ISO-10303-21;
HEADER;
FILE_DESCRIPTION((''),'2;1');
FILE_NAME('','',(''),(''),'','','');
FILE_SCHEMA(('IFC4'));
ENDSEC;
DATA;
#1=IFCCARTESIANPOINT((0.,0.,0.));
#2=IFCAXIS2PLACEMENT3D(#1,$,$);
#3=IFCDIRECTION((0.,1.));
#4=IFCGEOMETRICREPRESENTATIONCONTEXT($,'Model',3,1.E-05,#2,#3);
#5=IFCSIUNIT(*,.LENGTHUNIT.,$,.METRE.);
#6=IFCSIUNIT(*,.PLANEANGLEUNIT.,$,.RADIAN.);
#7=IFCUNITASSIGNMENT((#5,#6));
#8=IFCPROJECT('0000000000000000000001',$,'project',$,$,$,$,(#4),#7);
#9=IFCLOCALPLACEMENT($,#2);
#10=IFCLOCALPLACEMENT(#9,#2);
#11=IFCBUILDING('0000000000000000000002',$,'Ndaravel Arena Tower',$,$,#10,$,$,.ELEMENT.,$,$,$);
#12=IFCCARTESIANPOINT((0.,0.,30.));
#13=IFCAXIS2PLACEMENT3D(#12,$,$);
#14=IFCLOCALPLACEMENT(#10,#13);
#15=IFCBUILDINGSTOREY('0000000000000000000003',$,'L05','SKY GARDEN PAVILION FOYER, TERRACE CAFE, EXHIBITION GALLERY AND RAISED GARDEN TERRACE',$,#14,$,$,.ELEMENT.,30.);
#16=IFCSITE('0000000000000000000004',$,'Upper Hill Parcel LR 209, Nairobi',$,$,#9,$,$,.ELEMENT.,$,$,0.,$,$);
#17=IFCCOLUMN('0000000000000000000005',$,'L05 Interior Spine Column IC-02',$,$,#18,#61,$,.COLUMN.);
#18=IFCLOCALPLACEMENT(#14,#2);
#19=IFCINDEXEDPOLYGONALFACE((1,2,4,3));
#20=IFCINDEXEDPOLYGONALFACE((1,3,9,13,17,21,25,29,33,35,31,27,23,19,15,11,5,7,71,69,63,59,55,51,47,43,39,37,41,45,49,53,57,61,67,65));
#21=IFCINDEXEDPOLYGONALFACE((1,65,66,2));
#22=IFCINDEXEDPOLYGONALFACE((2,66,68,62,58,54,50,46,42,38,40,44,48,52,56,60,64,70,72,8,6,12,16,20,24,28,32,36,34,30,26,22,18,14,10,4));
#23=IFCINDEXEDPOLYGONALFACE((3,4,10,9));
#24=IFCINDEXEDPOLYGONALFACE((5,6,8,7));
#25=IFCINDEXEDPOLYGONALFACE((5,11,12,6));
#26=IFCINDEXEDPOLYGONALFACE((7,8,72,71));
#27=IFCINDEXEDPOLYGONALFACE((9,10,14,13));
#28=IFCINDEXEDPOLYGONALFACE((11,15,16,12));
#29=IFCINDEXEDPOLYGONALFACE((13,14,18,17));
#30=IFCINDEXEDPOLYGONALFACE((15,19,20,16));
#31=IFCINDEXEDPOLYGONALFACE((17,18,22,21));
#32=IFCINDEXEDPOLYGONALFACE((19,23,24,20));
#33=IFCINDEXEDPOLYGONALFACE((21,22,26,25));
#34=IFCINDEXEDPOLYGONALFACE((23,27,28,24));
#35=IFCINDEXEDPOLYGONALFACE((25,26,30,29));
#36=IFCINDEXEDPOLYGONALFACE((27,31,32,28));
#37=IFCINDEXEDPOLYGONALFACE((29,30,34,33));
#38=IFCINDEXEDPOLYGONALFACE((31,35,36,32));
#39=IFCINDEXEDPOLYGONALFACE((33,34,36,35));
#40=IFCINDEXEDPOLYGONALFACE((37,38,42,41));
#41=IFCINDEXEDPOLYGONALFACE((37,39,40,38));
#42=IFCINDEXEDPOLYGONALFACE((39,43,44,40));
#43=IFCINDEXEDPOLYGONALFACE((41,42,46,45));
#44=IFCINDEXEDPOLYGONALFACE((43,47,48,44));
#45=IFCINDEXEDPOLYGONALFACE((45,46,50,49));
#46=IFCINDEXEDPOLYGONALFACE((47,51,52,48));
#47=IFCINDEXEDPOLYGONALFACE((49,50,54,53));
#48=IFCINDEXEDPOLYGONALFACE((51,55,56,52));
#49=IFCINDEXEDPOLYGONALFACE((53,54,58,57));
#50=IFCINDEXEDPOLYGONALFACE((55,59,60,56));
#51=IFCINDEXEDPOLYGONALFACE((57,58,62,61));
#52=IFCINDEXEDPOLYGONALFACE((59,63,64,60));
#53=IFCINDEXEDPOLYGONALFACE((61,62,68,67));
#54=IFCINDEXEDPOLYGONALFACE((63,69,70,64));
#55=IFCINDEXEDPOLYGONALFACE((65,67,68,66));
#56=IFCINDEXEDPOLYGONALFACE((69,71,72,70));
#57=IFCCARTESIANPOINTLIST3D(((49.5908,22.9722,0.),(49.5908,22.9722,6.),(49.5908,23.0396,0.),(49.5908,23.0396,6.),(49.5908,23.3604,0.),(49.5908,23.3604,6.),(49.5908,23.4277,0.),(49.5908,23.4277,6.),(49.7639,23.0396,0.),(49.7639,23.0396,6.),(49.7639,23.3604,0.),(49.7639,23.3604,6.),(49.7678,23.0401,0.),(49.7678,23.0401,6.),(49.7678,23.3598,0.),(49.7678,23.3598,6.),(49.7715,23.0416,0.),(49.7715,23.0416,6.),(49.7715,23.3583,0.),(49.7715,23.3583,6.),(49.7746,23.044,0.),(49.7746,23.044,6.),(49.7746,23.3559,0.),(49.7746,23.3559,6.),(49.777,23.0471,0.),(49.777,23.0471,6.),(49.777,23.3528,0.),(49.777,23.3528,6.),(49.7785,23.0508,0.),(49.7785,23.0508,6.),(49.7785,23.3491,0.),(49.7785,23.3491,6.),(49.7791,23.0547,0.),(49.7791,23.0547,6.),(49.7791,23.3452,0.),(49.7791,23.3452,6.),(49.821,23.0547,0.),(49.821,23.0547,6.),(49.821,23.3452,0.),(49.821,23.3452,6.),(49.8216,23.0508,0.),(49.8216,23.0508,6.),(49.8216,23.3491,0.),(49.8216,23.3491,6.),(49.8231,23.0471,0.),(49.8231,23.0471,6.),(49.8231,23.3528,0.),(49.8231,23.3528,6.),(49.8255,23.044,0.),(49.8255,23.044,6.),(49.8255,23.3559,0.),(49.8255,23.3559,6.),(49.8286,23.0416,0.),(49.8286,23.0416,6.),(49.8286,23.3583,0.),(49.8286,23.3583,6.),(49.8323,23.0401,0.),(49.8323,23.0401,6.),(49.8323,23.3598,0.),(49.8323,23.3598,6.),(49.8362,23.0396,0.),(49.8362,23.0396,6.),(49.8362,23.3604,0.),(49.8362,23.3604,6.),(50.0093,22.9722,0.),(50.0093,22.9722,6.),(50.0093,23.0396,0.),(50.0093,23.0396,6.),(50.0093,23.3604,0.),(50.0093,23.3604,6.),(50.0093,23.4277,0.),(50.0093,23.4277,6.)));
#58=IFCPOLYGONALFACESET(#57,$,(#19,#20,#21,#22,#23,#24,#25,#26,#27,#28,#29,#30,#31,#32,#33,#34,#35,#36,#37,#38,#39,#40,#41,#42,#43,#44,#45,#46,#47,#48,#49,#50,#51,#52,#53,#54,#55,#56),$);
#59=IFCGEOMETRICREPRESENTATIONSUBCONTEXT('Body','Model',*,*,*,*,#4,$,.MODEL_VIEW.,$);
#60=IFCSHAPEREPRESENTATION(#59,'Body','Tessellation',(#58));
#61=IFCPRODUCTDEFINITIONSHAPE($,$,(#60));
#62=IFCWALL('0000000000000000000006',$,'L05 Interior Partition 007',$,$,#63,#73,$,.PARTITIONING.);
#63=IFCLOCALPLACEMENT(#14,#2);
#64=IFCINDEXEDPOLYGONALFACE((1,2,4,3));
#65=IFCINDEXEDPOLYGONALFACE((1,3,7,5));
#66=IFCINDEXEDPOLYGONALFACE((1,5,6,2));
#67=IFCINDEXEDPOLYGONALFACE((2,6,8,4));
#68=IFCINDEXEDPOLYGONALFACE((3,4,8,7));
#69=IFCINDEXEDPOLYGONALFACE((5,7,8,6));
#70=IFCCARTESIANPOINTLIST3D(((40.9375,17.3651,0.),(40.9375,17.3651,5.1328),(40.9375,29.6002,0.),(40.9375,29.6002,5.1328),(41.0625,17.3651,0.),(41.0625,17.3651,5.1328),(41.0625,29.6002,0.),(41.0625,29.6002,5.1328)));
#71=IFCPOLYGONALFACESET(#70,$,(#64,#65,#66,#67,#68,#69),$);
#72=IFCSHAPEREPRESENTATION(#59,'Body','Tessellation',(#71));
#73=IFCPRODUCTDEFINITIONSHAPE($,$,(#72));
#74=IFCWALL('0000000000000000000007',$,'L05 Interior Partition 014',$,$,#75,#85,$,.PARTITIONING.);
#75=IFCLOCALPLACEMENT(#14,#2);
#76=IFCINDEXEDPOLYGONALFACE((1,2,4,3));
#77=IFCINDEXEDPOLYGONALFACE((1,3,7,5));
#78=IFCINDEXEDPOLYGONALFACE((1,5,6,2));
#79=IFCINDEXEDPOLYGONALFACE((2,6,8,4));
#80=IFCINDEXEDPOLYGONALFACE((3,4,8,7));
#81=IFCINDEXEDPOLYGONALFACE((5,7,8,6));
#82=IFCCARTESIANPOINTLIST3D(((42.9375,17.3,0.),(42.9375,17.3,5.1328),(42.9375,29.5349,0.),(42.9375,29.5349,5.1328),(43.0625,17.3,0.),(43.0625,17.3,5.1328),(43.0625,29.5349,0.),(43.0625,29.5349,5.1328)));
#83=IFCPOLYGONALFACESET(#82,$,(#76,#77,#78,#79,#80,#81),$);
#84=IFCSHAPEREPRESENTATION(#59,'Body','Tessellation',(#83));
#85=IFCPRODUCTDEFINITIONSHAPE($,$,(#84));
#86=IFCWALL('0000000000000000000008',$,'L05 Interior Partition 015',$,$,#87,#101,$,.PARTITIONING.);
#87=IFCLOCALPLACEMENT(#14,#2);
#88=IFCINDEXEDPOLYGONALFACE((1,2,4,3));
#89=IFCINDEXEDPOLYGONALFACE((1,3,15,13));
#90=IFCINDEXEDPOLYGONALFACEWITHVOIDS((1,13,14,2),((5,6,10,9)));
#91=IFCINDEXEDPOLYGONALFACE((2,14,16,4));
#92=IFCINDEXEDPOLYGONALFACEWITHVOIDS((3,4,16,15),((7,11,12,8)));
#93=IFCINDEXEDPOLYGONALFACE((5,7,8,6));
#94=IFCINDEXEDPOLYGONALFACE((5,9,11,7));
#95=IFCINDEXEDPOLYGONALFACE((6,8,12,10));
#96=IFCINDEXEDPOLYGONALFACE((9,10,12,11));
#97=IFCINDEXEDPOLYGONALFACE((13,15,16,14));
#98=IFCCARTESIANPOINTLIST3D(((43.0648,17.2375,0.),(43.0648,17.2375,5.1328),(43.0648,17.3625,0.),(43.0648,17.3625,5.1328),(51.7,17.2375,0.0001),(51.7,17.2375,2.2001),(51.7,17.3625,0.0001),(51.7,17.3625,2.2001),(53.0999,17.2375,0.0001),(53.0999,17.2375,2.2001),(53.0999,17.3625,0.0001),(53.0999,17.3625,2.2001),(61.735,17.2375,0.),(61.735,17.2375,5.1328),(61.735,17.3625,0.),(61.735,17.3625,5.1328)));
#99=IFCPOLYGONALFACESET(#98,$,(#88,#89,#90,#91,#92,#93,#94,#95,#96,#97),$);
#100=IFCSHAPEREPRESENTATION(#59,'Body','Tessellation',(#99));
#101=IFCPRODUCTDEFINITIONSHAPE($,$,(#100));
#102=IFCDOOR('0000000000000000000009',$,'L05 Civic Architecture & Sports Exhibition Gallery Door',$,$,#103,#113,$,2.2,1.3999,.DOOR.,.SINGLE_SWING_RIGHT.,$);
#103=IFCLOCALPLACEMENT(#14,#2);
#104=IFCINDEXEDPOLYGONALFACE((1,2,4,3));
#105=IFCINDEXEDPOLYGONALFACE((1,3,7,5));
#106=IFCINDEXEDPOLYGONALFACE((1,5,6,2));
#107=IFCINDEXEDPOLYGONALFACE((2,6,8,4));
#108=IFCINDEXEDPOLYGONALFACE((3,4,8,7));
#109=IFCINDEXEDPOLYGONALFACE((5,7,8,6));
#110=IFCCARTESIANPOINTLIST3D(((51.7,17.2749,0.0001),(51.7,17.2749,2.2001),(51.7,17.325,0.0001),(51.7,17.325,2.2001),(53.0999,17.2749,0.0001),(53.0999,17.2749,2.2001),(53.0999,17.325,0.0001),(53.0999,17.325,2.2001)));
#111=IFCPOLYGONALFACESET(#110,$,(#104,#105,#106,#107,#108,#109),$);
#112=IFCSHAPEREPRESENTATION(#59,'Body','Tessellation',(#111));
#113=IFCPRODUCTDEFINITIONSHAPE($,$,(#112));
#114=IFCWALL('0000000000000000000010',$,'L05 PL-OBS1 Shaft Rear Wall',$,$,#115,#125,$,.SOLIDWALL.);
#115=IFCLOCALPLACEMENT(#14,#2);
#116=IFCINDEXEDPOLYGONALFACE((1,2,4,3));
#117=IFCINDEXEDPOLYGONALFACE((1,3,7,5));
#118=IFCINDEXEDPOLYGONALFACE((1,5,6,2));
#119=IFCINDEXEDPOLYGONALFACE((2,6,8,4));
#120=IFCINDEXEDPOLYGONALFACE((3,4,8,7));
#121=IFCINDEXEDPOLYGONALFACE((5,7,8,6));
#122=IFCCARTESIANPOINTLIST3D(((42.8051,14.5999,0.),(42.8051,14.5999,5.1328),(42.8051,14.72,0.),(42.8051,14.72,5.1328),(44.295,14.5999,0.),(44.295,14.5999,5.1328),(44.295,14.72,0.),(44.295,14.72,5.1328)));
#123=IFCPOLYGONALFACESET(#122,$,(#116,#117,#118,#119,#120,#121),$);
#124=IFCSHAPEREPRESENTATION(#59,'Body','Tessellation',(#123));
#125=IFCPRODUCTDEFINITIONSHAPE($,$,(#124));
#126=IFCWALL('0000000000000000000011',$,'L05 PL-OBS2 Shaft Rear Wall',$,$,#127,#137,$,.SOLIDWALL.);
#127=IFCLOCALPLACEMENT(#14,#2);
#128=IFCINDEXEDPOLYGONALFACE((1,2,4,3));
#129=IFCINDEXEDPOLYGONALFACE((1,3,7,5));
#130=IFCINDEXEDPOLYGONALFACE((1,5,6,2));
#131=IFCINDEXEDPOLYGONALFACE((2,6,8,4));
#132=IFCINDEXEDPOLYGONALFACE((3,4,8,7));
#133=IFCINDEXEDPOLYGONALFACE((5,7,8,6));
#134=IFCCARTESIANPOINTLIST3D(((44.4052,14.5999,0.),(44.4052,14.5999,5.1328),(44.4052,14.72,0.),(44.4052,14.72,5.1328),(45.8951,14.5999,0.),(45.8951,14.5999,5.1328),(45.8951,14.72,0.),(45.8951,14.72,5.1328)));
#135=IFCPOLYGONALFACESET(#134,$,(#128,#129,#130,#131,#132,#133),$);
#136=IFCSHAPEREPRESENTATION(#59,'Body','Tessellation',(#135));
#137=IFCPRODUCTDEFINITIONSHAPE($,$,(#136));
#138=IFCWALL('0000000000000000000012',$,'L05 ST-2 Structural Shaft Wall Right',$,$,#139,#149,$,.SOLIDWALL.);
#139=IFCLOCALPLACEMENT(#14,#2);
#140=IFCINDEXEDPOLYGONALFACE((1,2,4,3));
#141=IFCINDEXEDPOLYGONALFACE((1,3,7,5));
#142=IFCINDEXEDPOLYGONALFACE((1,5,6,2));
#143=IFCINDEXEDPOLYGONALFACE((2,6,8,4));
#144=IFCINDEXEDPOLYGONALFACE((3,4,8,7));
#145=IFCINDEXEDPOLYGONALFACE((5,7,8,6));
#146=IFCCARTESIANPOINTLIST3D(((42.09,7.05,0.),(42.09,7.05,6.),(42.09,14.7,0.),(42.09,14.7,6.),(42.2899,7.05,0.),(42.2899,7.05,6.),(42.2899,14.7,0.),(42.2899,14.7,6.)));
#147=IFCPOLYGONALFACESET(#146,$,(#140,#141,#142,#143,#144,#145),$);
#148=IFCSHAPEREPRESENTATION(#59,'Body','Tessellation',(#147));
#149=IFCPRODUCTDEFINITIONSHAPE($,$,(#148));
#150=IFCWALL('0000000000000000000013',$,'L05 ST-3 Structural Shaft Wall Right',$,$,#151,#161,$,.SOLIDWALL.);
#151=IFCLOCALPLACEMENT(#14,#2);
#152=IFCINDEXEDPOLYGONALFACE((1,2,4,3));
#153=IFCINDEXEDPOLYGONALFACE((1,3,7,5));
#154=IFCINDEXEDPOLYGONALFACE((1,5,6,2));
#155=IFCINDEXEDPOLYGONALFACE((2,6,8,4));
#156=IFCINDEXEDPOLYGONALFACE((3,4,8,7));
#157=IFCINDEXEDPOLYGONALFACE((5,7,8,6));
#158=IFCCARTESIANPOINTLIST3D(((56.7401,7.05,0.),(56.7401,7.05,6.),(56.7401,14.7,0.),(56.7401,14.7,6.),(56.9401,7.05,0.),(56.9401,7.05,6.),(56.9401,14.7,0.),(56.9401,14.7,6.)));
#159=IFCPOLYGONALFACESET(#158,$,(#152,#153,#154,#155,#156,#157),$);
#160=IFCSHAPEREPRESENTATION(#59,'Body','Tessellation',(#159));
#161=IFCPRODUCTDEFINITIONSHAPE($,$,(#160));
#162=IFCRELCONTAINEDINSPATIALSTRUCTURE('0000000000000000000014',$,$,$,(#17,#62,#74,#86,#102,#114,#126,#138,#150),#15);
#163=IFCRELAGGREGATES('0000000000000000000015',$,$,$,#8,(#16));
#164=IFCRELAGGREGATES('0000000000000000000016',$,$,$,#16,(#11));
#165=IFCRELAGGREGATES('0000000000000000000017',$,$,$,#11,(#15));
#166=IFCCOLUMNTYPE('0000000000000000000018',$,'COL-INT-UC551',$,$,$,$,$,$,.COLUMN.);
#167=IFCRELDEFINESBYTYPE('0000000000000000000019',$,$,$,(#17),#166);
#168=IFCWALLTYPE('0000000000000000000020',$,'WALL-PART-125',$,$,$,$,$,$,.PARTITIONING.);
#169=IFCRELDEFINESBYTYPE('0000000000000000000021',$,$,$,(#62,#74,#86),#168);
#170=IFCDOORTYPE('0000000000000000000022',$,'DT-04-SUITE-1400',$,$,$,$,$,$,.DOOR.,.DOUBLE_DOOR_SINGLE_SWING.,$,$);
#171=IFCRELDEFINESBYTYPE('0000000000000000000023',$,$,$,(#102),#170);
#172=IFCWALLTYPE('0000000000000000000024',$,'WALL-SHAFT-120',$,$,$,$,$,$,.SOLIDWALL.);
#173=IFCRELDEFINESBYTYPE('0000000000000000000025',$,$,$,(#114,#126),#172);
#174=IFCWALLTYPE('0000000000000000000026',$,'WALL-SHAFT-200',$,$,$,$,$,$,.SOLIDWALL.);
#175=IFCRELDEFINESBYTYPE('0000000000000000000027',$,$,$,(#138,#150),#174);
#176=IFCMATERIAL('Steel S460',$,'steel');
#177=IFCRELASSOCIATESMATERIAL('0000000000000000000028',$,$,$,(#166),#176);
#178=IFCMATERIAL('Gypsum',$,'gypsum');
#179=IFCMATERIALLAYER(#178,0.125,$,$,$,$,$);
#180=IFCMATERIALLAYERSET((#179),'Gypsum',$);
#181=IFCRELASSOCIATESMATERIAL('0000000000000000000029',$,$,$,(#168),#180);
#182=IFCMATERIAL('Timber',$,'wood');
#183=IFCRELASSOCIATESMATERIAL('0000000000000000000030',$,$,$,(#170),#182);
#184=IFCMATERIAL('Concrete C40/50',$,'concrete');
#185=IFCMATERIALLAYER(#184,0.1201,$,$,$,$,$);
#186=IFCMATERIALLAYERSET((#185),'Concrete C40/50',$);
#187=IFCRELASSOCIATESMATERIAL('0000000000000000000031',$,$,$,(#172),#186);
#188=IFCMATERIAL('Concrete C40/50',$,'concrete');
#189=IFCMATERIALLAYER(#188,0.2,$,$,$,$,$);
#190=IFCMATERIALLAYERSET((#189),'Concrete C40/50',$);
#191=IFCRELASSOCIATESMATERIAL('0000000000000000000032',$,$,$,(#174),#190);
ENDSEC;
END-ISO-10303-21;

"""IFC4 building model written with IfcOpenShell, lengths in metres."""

from ifc_helpers import new_model, si_unit, direction, frame, frame_2d, origin, origin_2d, place, context, subcontext, project, spatial, rectangle, i_section, extrude, material, layer, layer_set, material_profile, profile_set, type_object, element, fill, save


model = new_model("IFC4")

# Units and contexts
model_context = context("Model", 3, precision=1e-05, world=origin(), true_north=direction((0.0, 1.0)))
body_context = subcontext(model_context, "Body", "Model", "MODEL_VIEW")
ifc_project = project(units=[si_unit("LENGTHUNIT", "METRE"), si_unit("PLANEANGLEUNIT", "RADIAN")], contexts=[model_context])

# Site, building, storey
site_placement = place(None, origin())
site = spatial("IfcSite", under=ifc_project, at=site_placement, Name="Upper Hill Parcel LR 209, Nairobi", CompositionType="ELEMENT", RefElevation=0.0)
building_placement = place(site_placement, origin())
building = spatial("IfcBuilding", under=site, at=building_placement, Name="Ndaravel Arena Tower", CompositionType="ELEMENT")
storey_placement = place(building_placement, frame((0.0, 0.0, 30.0)))
storey = spatial("IfcBuildingStorey", under=building, at=storey_placement, Name="L05", Description="SKY GARDEN PAVILION FOYER, TERRACE CAFE, EXHIBITION GALLERY AND RAISED GARDEN TERRACE", CompositionType="ELEMENT", Elevation=30.0)

# Column
ifc_material_1 = material(Name="Steel S460", Category="steel")
ifc_material_profile = material_profile(ifc_material_1, i_section(OverallWidth=0.4185, OverallDepth=0.4556, WebThickness=0.042, FlangeThickness=0.0674, FilletRadius=0.0151, at=origin_2d()), Name="UC 356x406x551")
ifc_profile_set = profile_set([ifc_material_profile], Name="Steel S460")
column_type = type_object("IfcColumnType", Name="COL-INT-UC551", PredefinedType="COLUMN", material=ifc_profile_set)
column_placement = place(storey_placement, frame((49.8, 23.2, 0.0), z_axis=(0.0, 0.0, 1.0), x_axis=(1.0, 0.0, 0.0)))
element("IfcColumn", 1, at=column_placement, inside=storey, type_object=column_type, Name="L05 Interior Spine Column IC-02", PredefinedType="COLUMN", context=body_context, shape_type="SweptSolid", body=[
    extrude(i_section(OverallWidth=0.4185, OverallDepth=0.4556, WebThickness=0.042, FlangeThickness=0.0674, FilletRadius=0.0151, at=origin_2d()), origin(), (0.0, 0.0, 1.0), 6.0),
])

# Walls
ifc_material_2 = material(Name="Gypsum", Category="gypsum")
ifc_layer_1 = layer(ifc_material_2, 0.125)
ifc_layer_set_1 = layer_set([ifc_layer_1], Name="Gypsum")
wall_type_1 = type_object("IfcWallType", Name="WALL-PART-125", PredefinedType="PARTITIONING", material=ifc_layer_set_1)
wall_1_placement = place(storey_placement, frame((41.0, 17.365, 0.0), z_axis=(0.0, 0.0, 1.0), x_axis=(0.0, 1.0, 0.0)))
element("IfcWall", 2, at=wall_1_placement, inside=storey, type_object=wall_type_1, Name="L05 Interior Partition 007", PredefinedType="PARTITIONING", context=body_context, shape_type="SweptSolid", body=[
    extrude(rectangle(XDim=12.2351, YDim=0.125, at=frame_2d((6.1177, 0.0))), origin(), (0.0, 0.0, 1.0), 5.1328),
])
wall_2_placement = place(storey_placement, frame((43.0, 29.5349, 0.0), z_axis=(0.0, 0.0, 1.0), x_axis=(0.0, -1.0, 0.0)))
element("IfcWall", 3, at=wall_2_placement, inside=storey, type_object=wall_type_1, Name="L05 Interior Partition 014", PredefinedType="PARTITIONING", context=body_context, shape_type="SweptSolid", body=[
    extrude(rectangle(XDim=12.2349, YDim=0.125, at=frame_2d((6.1174, 0.0))), origin(), (0.0, 0.0, 1.0), 5.1328),
])

# Wall, opening, door
wall_3_placement = place(storey_placement, frame((43.0649, 17.3, 0.0), z_axis=(0.0, 0.0, 1.0), x_axis=(1.0, 0.0, 0.0)))
wall_3 = element("IfcWall", 4, at=wall_3_placement, inside=storey, type_object=wall_type_1, Name="L05 Interior Partition 015", PredefinedType="PARTITIONING", context=body_context, shape_type="SweptSolid", body=[
    extrude(rectangle(XDim=18.6702, YDim=0.125, at=frame_2d((9.335, 0.0))), origin(), (0.0, 0.0, 1.0), 5.1328),
])
opening_placement = place(wall_3_placement, frame((8.635, 0.0, 0.0)))
opening = element("IfcOpeningElement", 5, at=opening_placement, cuts=wall_3, PredefinedType="OPENING", context=body_context, shape_type="SweptSolid", body=[
    extrude(rectangle(XDim=1.3999, YDim=2.2, at=frame_2d((0.7, 1.1001))), frame((0.0, 0.0625, 0.0), z_axis=(0.0, -1.0, 0.0), x_axis=(1.0, 0.0, 0.0)), (0.0, 0.0, 1.0), 0.125),
])
ifc_material_3 = material(Name="Timber", Category="wood")
door_type = type_object("IfcDoorType", Name="DT-04-SUITE-1400", OperationType="DOUBLE_DOOR_SINGLE_SWING", PredefinedType="DOOR", material=ifc_material_3)
door_placement = place(opening_placement, origin())
door = element("IfcDoor", 6, at=door_placement, inside=storey, type_object=door_type, Name="L05 Civic Architecture & Sports Exhibition Gallery Door", OperationType="SINGLE_SWING_RIGHT", OverallHeight=2.2, OverallWidth=1.3999, PredefinedType="DOOR", context=body_context, shape_type="SweptSolid", body=[
    extrude(rectangle(XDim=1.3999, YDim=2.2, at=frame_2d((0.7, 1.1001))), frame((0.0, 0.0249, 0.0), z_axis=(0.0, -1.0, 0.0), x_axis=(1.0, 0.0, 0.0)), (0.0, 0.0, 1.0), 0.05),
])
fill(opening, door)

# Walls
ifc_material_4 = material(Name="Concrete C40/50", Category="concrete")
ifc_layer_2 = layer(ifc_material_4, 0.1201)
ifc_layer_set_2 = layer_set([ifc_layer_2], Name="Concrete C40/50")
wall_type_2 = type_object("IfcWallType", Name="WALL-SHAFT-120", PredefinedType="SOLIDWALL", material=ifc_layer_set_2)
for number, where, z_axis, x_axis, name in (
    (7, (42.8049, 14.6599, 0.0), (0.0, 0.0, 1.0), (1.0, 0.0, 0.0), "L05 PL-OBS1 Shaft Rear Wall"),
    (8, (44.405, 14.6599, 0.0), (0.0, 0.0, 1.0), (1.0, 0.0, 0.0), "L05 PL-OBS2 Shaft Rear Wall"),
):
    element("IfcWall", number, at=place(storey_placement, frame(where, z_axis=z_axis, x_axis=x_axis)), inside=storey, type_object=wall_type_2, Name=name, PredefinedType="SOLIDWALL", context=body_context, shape_type="SweptSolid", body=[
        extrude(rectangle(XDim=1.49, YDim=0.1201, at=frame_2d((0.7451, 0.0))), origin(), (0.0, 0.0, 1.0), 5.1328),
    ])
ifc_material_5 = material(Name="Concrete C40/50", Category="concrete")
ifc_layer_3 = layer(ifc_material_5, 0.2)
ifc_layer_set_3 = layer_set([ifc_layer_3], Name="Concrete C40/50")
wall_type_3 = type_object("IfcWallType", Name="WALL-SHAFT-200", PredefinedType="SOLIDWALL", material=ifc_layer_set_3)
for number, where, z_axis, x_axis, name in (
    (9, (42.1899, 14.7, 0.0), (0.0, 0.0, 1.0), (0.0, -1.0, 0.0), "L05 ST-2 Structural Shaft Wall Right"),
    (10, (56.8401, 14.7, 0.0), (0.0, 0.0, 1.0), (0.0, -1.0, 0.0), "L05 ST-3 Structural Shaft Wall Right"),
):
    element("IfcWall", number, at=place(storey_placement, frame(where, z_axis=z_axis, x_axis=x_axis)), inside=storey, type_object=wall_type_3, Name=name, PredefinedType="SOLIDWALL", context=body_context, shape_type="SweptSolid", body=[
        extrude(rectangle(XDim=7.6499, YDim=0.2, at=frame_2d((3.825, 0.0))), origin(), (0.0, 0.0, 1.0), 6.0),
    ])

save(model, "model.ifc")
